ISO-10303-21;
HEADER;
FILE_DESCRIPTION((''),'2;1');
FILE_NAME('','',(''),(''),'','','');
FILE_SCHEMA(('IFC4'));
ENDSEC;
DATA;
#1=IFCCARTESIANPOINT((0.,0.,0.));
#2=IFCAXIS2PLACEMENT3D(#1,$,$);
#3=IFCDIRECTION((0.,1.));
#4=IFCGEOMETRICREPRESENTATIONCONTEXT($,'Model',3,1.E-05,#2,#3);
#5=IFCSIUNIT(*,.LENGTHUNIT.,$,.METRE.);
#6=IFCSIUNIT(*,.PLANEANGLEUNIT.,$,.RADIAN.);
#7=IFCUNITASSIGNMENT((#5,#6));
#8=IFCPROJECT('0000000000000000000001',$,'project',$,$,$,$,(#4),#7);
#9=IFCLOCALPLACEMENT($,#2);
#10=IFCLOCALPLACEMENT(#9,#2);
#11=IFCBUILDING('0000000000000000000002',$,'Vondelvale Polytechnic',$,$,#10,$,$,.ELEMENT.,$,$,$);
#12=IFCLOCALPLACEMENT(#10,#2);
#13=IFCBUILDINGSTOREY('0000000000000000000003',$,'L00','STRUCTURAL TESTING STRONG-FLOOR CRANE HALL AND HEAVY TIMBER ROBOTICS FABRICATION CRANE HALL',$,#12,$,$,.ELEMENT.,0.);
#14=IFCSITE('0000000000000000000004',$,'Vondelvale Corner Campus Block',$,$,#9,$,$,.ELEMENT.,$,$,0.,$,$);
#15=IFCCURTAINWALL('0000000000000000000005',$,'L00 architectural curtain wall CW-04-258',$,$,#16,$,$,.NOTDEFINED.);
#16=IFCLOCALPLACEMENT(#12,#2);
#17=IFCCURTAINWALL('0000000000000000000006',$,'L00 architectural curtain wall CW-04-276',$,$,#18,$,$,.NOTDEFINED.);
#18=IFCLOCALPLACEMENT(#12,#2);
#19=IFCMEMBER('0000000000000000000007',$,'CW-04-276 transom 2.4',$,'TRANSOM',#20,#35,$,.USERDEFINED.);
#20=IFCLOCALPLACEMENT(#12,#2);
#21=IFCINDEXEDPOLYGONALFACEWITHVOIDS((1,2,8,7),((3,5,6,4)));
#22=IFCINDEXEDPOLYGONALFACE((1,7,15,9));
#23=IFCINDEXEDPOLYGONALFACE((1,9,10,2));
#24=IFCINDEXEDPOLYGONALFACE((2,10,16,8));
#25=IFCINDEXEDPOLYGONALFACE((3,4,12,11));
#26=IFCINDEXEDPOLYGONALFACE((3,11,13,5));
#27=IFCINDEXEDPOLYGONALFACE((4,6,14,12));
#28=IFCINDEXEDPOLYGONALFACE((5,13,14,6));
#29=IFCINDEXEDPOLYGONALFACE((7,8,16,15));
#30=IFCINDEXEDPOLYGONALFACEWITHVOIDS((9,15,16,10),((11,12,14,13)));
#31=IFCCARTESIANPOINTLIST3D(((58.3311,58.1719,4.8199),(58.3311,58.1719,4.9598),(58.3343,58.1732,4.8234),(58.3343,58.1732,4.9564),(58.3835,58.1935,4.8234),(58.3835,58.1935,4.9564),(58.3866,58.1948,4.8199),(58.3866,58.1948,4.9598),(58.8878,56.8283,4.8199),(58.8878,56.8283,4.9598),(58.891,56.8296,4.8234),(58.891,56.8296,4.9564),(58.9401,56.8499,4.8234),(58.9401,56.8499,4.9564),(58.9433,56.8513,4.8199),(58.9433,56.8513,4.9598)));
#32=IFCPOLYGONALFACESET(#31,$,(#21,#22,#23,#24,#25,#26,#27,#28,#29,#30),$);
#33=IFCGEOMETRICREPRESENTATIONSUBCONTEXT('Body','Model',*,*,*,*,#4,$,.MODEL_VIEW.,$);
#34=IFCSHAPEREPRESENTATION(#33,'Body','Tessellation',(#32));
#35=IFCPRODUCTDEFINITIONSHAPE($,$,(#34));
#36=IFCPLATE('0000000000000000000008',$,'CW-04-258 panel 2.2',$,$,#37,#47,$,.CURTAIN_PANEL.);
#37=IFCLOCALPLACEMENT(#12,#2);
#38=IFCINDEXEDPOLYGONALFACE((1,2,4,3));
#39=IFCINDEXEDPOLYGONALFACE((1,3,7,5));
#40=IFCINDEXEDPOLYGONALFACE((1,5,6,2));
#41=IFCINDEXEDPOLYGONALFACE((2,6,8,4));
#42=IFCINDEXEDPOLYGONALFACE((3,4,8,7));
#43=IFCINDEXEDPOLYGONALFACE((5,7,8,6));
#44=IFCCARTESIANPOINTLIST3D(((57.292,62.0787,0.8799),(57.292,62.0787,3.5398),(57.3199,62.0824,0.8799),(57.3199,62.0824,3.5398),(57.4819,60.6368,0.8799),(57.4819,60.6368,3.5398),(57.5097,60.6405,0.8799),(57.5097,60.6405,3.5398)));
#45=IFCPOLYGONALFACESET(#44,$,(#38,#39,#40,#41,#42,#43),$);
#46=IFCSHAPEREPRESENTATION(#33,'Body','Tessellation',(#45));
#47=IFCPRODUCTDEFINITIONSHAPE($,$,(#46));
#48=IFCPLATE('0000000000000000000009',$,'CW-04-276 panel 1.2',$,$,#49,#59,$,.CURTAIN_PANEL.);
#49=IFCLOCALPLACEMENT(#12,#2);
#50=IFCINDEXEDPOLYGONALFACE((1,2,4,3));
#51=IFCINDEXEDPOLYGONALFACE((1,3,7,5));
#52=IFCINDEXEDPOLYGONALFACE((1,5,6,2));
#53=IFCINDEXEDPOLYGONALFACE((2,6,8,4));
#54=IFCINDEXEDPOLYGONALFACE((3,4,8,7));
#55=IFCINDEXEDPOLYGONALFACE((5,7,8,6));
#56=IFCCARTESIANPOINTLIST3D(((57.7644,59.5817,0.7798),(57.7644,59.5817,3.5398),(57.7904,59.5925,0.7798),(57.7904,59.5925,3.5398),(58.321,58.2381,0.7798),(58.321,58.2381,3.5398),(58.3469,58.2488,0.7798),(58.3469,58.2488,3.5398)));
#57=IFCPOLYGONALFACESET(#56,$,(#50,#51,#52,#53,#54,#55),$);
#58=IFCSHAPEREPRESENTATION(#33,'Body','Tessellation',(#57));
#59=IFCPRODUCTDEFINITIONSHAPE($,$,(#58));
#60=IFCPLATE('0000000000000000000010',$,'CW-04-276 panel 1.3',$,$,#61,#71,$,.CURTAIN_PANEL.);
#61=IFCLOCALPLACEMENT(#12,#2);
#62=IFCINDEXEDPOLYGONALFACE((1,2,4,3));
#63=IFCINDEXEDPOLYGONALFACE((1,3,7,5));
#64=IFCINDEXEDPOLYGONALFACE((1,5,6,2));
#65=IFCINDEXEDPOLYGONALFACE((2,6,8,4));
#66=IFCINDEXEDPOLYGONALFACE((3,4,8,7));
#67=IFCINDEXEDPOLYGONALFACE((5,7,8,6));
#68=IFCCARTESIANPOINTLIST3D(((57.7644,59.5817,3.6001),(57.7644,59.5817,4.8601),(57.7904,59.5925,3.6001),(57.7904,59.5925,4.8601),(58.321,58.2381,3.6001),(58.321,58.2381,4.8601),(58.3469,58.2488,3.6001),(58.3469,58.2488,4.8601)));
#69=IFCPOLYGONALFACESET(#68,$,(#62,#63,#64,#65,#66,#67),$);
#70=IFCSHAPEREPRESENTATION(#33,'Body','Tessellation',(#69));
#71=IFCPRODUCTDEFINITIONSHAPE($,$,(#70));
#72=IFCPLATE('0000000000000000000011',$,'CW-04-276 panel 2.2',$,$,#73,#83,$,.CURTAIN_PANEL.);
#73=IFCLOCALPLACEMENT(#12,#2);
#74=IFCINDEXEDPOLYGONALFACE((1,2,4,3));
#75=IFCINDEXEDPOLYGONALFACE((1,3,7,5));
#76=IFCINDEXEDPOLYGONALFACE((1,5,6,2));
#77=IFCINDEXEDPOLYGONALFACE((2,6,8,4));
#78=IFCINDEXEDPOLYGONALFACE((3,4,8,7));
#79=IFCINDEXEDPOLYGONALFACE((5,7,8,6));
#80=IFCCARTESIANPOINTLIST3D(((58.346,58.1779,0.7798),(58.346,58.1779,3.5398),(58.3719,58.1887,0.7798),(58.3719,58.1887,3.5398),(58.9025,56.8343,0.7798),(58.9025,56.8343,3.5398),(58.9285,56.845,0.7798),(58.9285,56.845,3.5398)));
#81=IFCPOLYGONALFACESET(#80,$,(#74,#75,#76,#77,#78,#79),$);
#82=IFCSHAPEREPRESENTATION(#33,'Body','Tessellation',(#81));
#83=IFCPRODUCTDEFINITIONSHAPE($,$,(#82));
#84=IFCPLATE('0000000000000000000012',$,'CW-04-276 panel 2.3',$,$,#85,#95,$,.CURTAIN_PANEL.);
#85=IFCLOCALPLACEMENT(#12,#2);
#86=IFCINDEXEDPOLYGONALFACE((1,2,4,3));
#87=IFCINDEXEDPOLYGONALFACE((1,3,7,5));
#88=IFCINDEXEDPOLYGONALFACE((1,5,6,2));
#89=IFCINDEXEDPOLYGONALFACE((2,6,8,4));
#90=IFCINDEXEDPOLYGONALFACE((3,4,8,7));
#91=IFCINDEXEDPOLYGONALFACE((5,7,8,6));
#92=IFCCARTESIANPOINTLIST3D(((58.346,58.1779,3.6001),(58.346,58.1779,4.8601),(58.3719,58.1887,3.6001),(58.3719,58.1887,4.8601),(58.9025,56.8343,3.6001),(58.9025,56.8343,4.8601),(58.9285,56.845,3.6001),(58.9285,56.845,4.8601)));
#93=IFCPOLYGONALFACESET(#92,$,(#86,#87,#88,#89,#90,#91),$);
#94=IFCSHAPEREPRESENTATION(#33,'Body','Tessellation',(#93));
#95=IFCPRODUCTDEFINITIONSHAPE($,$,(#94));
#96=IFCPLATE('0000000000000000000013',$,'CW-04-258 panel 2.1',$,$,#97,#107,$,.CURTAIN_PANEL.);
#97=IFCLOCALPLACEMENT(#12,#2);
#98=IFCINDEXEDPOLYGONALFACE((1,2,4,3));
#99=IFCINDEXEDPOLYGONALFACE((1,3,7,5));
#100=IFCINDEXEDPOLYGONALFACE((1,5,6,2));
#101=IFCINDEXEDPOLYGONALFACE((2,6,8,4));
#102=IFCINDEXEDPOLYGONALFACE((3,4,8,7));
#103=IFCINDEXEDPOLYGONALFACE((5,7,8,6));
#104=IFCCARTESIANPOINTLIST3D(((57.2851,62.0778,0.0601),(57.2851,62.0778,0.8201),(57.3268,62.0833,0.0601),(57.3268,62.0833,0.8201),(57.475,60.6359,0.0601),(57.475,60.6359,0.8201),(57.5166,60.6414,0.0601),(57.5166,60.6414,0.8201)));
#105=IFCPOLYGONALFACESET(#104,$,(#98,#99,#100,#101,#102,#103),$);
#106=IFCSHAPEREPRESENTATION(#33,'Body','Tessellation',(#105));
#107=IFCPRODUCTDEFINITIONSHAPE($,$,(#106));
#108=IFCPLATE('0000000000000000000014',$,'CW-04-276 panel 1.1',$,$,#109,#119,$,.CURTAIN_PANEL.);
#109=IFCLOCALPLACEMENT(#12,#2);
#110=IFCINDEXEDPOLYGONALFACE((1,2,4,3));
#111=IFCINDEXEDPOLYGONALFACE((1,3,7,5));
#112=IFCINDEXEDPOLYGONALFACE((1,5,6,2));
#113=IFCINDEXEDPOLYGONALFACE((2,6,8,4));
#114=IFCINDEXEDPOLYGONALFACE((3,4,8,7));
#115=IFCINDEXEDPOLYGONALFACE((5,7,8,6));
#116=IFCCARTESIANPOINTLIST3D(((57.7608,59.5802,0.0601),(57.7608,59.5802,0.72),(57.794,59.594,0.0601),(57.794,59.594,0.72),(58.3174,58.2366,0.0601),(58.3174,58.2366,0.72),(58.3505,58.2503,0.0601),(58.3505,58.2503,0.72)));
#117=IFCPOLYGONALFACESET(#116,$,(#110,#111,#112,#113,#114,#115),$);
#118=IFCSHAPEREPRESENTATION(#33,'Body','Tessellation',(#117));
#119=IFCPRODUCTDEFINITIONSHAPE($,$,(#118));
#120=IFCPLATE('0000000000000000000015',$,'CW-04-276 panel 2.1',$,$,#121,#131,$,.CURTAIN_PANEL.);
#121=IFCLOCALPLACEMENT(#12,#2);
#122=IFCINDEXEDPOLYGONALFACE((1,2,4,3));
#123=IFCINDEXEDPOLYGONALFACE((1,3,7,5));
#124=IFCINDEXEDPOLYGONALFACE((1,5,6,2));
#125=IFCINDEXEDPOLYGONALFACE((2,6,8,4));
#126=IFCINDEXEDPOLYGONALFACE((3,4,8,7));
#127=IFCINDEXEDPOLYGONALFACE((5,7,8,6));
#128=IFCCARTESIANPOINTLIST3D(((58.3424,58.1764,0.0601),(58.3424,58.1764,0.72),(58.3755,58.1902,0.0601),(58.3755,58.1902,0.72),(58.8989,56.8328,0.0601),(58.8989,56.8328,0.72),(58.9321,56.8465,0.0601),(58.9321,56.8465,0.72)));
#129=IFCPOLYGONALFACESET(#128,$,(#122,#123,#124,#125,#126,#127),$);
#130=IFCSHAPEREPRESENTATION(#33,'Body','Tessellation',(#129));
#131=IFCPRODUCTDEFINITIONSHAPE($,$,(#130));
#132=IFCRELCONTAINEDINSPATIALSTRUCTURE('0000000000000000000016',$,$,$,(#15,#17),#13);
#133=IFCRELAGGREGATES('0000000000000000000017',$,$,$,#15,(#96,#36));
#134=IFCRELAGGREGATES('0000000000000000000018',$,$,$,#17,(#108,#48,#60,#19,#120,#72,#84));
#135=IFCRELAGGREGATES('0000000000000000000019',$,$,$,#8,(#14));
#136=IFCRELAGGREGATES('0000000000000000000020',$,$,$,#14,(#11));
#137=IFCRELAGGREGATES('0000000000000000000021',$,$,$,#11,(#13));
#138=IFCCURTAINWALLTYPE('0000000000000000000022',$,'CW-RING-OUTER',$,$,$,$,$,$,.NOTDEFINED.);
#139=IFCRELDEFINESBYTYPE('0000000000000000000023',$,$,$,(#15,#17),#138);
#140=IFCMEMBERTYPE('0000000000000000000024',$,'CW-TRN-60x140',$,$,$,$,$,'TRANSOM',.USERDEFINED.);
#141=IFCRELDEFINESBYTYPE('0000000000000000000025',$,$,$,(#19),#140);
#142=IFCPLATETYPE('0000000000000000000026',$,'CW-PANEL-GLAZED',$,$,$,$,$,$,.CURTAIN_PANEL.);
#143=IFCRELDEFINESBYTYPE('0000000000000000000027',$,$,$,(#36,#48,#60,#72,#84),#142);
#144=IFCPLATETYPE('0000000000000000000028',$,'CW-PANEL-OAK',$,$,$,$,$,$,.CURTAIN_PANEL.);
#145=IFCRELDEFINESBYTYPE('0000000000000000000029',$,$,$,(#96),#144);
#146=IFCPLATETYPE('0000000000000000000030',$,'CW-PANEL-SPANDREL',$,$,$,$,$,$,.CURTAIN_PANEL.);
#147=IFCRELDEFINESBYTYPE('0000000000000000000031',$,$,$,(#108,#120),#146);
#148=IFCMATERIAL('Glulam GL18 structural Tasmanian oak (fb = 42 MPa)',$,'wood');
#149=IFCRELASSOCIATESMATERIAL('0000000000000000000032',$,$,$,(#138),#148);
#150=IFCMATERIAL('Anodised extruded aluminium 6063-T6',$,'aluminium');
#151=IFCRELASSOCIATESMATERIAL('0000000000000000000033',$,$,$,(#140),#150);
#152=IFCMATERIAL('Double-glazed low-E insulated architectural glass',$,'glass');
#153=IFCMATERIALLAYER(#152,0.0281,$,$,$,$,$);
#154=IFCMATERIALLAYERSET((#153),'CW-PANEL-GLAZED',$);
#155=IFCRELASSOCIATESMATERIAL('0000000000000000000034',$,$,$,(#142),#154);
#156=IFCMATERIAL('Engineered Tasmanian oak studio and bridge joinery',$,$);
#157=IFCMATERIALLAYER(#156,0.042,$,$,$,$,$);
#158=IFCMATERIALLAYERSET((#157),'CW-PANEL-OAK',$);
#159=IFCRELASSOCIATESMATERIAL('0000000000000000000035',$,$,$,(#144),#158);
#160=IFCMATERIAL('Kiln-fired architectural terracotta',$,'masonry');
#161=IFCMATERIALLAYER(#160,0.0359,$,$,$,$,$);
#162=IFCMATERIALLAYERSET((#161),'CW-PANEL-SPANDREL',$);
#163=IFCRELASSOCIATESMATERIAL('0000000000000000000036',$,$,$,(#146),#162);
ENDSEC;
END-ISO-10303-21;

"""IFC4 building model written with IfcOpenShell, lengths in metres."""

from ifc_helpers import new_model, si_unit, direction, frame, origin, origin_2d, place, context, subcontext, project, spatial, rectangle, hollow_rectangle, extrude, material, layer, layer_set, material_profile, profile_set, type_object, element, aggregate, save


model = new_model("IFC4")

# Units and contexts
model_context = context("Model", 3, precision=1e-05, world=origin(), true_north=direction((0.0, 1.0)))
body_context = subcontext(model_context, "Body", "Model", "MODEL_VIEW")
ifc_project = project(units=[si_unit("LENGTHUNIT", "METRE"), si_unit("PLANEANGLEUNIT", "RADIAN")], contexts=[model_context])

# Site, building, storey
site_placement = place(None, origin())
site = spatial("IfcSite", under=ifc_project, at=site_placement, Name="Vondelvale Corner Campus Block", CompositionType="ELEMENT", RefElevation=0.0)
building_placement = place(site_placement, origin())
building = spatial("IfcBuilding", under=site, at=building_placement, Name="Vondelvale Polytechnic", CompositionType="ELEMENT")
storey_placement = place(building_placement, origin())
storey = spatial("IfcBuildingStorey", under=building, at=storey_placement, Name="L00", Description="STRUCTURAL TESTING STRONG-FLOOR CRANE HALL AND HEAVY TIMBER ROBOTICS FABRICATION CRANE HALL", CompositionType="ELEMENT", Elevation=0.0)

# Shared definitions
ifc_material_1 = material(Name="Glulam GL18 structural Tasmanian oak (fb = 42 MPa)", Category="wood")

# Curtain wall
curtain_wall_type = type_object("IfcCurtainWallType", Name="CW-RING-OUTER", PredefinedType="NOTDEFINED", material=ifc_material_1)
curtain_wall_1_placement = place(storey_placement, origin())
curtain_wall_1 = element("IfcCurtainWall", 1, at=curtain_wall_1_placement, inside=storey, type_object=curtain_wall_type, Name="L00 architectural curtain wall CW-04-258", PredefinedType="NOTDEFINED")
ifc_material_2 = material(Name="Anodised extruded aluminium 6063-T6", Category="aluminium")

# Curtain wall, member
curtain_wall_2_placement = place(storey_placement, origin())
curtain_wall_2 = element("IfcCurtainWall", 2, at=curtain_wall_2_placement, inside=storey, type_object=curtain_wall_type, Name="L00 architectural curtain wall CW-04-276", PredefinedType="NOTDEFINED")
ifc_material_profile_1 = material_profile(ifc_material_2, hollow_rectangle(XDim=0.0601, YDim=0.1399, WallThickness=0.0034, at=origin_2d()), Name="CW-TRN-140x60")
ifc_profile_set_1 = profile_set([ifc_material_profile_1], Name="Anodised extruded aluminium 6063-T6")
member_type_1 = type_object("IfcMemberType", Name="CW-TRN-60x140", ElementType="TRANSOM", PredefinedType="USERDEFINED", material=ifc_profile_set_1)
member_1_placement = place(storey_placement, frame((58.3589, 58.1833, 4.8899), z_axis=(0.382767, -0.923845, 0.0), x_axis=(0.923845, 0.382767, 0.0)))
member_1 = element("IfcMember", 3, at=member_1_placement, type_object=member_type_1, Name="CW-04-276 transom 2.4", ObjectType="TRANSOM", PredefinedType="USERDEFINED", context=body_context, shape_type="SweptSolid", body=[
    extrude(hollow_rectangle(XDim=0.0601, YDim=0.1399, WallThickness=0.0034, at=origin_2d()), origin(), (0.0, 0.0, 1.0), 1.4543),
])

# Plates
ifc_material_3 = material(Name="Double-glazed low-E insulated architectural glass", Category="glass")
ifc_layer_1 = layer(ifc_material_3, 0.0281)
ifc_layer_set_1 = layer_set([ifc_layer_1], Name="CW-PANEL-GLAZED")
plate_type_1 = type_object("IfcPlateType", Name="CW-PANEL-GLAZED", PredefinedType="CURTAIN_PANEL", material=ifc_layer_set_1)
plate_1_placement = place(storey_placement, frame((57.4009, 61.3596, 0.8799), z_axis=(0.0, 0.0, 1.0), x_axis=(0.130524, -0.991445, 0.0)))
plate_1 = element("IfcPlate", 4, at=plate_1_placement, type_object=plate_type_1, Name="CW-04-258 panel 2.2", PredefinedType="CURTAIN_PANEL", context=body_context, shape_type="SweptSolid", body=[
    extrude(rectangle(XDim=1.4543, YDim=0.0281, at=origin_2d()), origin(), (0.0, 0.0, 1.0), 2.6599),
])
plate_2_placement = place(storey_placement, frame((58.0557, 58.9153, 0.7798), z_axis=(0.0, 0.0, 1.0), x_axis=(0.382679, -0.923881, 0.0)))
plate_2 = element("IfcPlate", 5, at=plate_2_placement, type_object=plate_type_1, Name="CW-04-276 panel 1.2", PredefinedType="CURTAIN_PANEL", context=body_context, shape_type="SweptSolid", body=[
    extrude(rectangle(XDim=1.4543, YDim=0.0281, at=origin_2d()), origin(), (0.0, 0.0, 1.0), 2.76),
])
plate_3_placement = place(storey_placement, frame((58.0557, 58.9153, 3.6001), z_axis=(0.0, 0.0, 1.0), x_axis=(0.382679, -0.923881, 0.0)))
plate_3 = element("IfcPlate", 6, at=plate_3_placement, type_object=plate_type_1, Name="CW-04-276 panel 1.3", PredefinedType="CURTAIN_PANEL", context=body_context, shape_type="SweptSolid", body=[
    extrude(rectangle(XDim=1.4543, YDim=0.0281, at=origin_2d()), origin(), (0.0, 0.0, 1.0), 1.26),
])
plate_4_placement = place(storey_placement, frame((58.6372, 57.5115, 0.7798), z_axis=(0.0, 0.0, 1.0), x_axis=(0.382679, -0.923881, 0.0)))
plate_4 = element("IfcPlate", 7, at=plate_4_placement, type_object=plate_type_1, Name="CW-04-276 panel 2.2", PredefinedType="CURTAIN_PANEL", context=body_context, shape_type="SweptSolid", body=[
    extrude(rectangle(XDim=1.4543, YDim=0.0281, at=origin_2d()), origin(), (0.0, 0.0, 1.0), 2.76),
])
plate_5_placement = place(storey_placement, frame((58.6372, 57.5115, 3.6001), z_axis=(0.0, 0.0, 1.0), x_axis=(0.382679, -0.923881, 0.0)))
plate_5 = element("IfcPlate", 8, at=plate_5_placement, type_object=plate_type_1, Name="CW-04-276 panel 2.3", PredefinedType="CURTAIN_PANEL", context=body_context, shape_type="SweptSolid", body=[
    extrude(rectangle(XDim=1.4543, YDim=0.0281, at=origin_2d()), origin(), (0.0, 0.0, 1.0), 1.26),
])
ifc_material_4 = material(Name="Engineered Tasmanian oak studio and bridge joinery")
ifc_layer_2 = layer(ifc_material_4, 0.042)
ifc_layer_set_2 = layer_set([ifc_layer_2], Name="CW-PANEL-OAK")
plate_type_2 = type_object("IfcPlateType", Name="CW-PANEL-OAK", PredefinedType="CURTAIN_PANEL", material=ifc_layer_set_2)
plate_6_placement = place(storey_placement, frame((57.4009, 61.3596, 0.0601), z_axis=(0.0, 0.0, 1.0), x_axis=(0.130524, -0.991445, 0.0)))
plate_6 = element("IfcPlate", 9, at=plate_6_placement, type_object=plate_type_2, Name="CW-04-258 panel 2.1", PredefinedType="CURTAIN_PANEL", context=body_context, shape_type="SweptSolid", body=[
    extrude(rectangle(XDim=1.4543, YDim=0.042, at=origin_2d()), origin(), (0.0, 0.0, 1.0), 0.76),
])
aggregate(curtain_wall_1, [plate_6, plate_1])
ifc_material_5 = material(Name="Kiln-fired architectural terracotta", Category="masonry")
ifc_layer_3 = layer(ifc_material_5, 0.0359)
ifc_layer_set_3 = layer_set([ifc_layer_3], Name="CW-PANEL-SPANDREL")
plate_type_3 = type_object("IfcPlateType", Name="CW-PANEL-SPANDREL", PredefinedType="CURTAIN_PANEL", material=ifc_layer_set_3)
plate_7_placement = place(storey_placement, frame((58.0557, 58.9153, 0.0601), z_axis=(0.0, 0.0, 1.0), x_axis=(0.382679, -0.923881, 0.0)))
plate_7 = element("IfcPlate", 10, at=plate_7_placement, type_object=plate_type_3, Name="CW-04-276 panel 1.1", PredefinedType="CURTAIN_PANEL", context=body_context, shape_type="SweptSolid", body=[
    extrude(rectangle(XDim=1.4543, YDim=0.0359, at=origin_2d()), origin(), (0.0, 0.0, 1.0), 0.6599),
])
plate_8_placement = place(storey_placement, frame((58.6372, 57.5115, 0.0601), z_axis=(0.0, 0.0, 1.0), x_axis=(0.382679, -0.923881, 0.0)))
plate_8 = element("IfcPlate", 11, at=plate_8_placement, type_object=plate_type_3, Name="CW-04-276 panel 2.1", PredefinedType="CURTAIN_PANEL", context=body_context, shape_type="SweptSolid", body=[
    extrude(rectangle(XDim=1.4543, YDim=0.0359, at=origin_2d()), origin(), (0.0, 0.0, 1.0), 0.6599),
])
aggregate(curtain_wall_2, [plate_7, plate_2, plate_3, member_1, plate_8, plate_4, plate_5])

save(model, "model.ifc")
